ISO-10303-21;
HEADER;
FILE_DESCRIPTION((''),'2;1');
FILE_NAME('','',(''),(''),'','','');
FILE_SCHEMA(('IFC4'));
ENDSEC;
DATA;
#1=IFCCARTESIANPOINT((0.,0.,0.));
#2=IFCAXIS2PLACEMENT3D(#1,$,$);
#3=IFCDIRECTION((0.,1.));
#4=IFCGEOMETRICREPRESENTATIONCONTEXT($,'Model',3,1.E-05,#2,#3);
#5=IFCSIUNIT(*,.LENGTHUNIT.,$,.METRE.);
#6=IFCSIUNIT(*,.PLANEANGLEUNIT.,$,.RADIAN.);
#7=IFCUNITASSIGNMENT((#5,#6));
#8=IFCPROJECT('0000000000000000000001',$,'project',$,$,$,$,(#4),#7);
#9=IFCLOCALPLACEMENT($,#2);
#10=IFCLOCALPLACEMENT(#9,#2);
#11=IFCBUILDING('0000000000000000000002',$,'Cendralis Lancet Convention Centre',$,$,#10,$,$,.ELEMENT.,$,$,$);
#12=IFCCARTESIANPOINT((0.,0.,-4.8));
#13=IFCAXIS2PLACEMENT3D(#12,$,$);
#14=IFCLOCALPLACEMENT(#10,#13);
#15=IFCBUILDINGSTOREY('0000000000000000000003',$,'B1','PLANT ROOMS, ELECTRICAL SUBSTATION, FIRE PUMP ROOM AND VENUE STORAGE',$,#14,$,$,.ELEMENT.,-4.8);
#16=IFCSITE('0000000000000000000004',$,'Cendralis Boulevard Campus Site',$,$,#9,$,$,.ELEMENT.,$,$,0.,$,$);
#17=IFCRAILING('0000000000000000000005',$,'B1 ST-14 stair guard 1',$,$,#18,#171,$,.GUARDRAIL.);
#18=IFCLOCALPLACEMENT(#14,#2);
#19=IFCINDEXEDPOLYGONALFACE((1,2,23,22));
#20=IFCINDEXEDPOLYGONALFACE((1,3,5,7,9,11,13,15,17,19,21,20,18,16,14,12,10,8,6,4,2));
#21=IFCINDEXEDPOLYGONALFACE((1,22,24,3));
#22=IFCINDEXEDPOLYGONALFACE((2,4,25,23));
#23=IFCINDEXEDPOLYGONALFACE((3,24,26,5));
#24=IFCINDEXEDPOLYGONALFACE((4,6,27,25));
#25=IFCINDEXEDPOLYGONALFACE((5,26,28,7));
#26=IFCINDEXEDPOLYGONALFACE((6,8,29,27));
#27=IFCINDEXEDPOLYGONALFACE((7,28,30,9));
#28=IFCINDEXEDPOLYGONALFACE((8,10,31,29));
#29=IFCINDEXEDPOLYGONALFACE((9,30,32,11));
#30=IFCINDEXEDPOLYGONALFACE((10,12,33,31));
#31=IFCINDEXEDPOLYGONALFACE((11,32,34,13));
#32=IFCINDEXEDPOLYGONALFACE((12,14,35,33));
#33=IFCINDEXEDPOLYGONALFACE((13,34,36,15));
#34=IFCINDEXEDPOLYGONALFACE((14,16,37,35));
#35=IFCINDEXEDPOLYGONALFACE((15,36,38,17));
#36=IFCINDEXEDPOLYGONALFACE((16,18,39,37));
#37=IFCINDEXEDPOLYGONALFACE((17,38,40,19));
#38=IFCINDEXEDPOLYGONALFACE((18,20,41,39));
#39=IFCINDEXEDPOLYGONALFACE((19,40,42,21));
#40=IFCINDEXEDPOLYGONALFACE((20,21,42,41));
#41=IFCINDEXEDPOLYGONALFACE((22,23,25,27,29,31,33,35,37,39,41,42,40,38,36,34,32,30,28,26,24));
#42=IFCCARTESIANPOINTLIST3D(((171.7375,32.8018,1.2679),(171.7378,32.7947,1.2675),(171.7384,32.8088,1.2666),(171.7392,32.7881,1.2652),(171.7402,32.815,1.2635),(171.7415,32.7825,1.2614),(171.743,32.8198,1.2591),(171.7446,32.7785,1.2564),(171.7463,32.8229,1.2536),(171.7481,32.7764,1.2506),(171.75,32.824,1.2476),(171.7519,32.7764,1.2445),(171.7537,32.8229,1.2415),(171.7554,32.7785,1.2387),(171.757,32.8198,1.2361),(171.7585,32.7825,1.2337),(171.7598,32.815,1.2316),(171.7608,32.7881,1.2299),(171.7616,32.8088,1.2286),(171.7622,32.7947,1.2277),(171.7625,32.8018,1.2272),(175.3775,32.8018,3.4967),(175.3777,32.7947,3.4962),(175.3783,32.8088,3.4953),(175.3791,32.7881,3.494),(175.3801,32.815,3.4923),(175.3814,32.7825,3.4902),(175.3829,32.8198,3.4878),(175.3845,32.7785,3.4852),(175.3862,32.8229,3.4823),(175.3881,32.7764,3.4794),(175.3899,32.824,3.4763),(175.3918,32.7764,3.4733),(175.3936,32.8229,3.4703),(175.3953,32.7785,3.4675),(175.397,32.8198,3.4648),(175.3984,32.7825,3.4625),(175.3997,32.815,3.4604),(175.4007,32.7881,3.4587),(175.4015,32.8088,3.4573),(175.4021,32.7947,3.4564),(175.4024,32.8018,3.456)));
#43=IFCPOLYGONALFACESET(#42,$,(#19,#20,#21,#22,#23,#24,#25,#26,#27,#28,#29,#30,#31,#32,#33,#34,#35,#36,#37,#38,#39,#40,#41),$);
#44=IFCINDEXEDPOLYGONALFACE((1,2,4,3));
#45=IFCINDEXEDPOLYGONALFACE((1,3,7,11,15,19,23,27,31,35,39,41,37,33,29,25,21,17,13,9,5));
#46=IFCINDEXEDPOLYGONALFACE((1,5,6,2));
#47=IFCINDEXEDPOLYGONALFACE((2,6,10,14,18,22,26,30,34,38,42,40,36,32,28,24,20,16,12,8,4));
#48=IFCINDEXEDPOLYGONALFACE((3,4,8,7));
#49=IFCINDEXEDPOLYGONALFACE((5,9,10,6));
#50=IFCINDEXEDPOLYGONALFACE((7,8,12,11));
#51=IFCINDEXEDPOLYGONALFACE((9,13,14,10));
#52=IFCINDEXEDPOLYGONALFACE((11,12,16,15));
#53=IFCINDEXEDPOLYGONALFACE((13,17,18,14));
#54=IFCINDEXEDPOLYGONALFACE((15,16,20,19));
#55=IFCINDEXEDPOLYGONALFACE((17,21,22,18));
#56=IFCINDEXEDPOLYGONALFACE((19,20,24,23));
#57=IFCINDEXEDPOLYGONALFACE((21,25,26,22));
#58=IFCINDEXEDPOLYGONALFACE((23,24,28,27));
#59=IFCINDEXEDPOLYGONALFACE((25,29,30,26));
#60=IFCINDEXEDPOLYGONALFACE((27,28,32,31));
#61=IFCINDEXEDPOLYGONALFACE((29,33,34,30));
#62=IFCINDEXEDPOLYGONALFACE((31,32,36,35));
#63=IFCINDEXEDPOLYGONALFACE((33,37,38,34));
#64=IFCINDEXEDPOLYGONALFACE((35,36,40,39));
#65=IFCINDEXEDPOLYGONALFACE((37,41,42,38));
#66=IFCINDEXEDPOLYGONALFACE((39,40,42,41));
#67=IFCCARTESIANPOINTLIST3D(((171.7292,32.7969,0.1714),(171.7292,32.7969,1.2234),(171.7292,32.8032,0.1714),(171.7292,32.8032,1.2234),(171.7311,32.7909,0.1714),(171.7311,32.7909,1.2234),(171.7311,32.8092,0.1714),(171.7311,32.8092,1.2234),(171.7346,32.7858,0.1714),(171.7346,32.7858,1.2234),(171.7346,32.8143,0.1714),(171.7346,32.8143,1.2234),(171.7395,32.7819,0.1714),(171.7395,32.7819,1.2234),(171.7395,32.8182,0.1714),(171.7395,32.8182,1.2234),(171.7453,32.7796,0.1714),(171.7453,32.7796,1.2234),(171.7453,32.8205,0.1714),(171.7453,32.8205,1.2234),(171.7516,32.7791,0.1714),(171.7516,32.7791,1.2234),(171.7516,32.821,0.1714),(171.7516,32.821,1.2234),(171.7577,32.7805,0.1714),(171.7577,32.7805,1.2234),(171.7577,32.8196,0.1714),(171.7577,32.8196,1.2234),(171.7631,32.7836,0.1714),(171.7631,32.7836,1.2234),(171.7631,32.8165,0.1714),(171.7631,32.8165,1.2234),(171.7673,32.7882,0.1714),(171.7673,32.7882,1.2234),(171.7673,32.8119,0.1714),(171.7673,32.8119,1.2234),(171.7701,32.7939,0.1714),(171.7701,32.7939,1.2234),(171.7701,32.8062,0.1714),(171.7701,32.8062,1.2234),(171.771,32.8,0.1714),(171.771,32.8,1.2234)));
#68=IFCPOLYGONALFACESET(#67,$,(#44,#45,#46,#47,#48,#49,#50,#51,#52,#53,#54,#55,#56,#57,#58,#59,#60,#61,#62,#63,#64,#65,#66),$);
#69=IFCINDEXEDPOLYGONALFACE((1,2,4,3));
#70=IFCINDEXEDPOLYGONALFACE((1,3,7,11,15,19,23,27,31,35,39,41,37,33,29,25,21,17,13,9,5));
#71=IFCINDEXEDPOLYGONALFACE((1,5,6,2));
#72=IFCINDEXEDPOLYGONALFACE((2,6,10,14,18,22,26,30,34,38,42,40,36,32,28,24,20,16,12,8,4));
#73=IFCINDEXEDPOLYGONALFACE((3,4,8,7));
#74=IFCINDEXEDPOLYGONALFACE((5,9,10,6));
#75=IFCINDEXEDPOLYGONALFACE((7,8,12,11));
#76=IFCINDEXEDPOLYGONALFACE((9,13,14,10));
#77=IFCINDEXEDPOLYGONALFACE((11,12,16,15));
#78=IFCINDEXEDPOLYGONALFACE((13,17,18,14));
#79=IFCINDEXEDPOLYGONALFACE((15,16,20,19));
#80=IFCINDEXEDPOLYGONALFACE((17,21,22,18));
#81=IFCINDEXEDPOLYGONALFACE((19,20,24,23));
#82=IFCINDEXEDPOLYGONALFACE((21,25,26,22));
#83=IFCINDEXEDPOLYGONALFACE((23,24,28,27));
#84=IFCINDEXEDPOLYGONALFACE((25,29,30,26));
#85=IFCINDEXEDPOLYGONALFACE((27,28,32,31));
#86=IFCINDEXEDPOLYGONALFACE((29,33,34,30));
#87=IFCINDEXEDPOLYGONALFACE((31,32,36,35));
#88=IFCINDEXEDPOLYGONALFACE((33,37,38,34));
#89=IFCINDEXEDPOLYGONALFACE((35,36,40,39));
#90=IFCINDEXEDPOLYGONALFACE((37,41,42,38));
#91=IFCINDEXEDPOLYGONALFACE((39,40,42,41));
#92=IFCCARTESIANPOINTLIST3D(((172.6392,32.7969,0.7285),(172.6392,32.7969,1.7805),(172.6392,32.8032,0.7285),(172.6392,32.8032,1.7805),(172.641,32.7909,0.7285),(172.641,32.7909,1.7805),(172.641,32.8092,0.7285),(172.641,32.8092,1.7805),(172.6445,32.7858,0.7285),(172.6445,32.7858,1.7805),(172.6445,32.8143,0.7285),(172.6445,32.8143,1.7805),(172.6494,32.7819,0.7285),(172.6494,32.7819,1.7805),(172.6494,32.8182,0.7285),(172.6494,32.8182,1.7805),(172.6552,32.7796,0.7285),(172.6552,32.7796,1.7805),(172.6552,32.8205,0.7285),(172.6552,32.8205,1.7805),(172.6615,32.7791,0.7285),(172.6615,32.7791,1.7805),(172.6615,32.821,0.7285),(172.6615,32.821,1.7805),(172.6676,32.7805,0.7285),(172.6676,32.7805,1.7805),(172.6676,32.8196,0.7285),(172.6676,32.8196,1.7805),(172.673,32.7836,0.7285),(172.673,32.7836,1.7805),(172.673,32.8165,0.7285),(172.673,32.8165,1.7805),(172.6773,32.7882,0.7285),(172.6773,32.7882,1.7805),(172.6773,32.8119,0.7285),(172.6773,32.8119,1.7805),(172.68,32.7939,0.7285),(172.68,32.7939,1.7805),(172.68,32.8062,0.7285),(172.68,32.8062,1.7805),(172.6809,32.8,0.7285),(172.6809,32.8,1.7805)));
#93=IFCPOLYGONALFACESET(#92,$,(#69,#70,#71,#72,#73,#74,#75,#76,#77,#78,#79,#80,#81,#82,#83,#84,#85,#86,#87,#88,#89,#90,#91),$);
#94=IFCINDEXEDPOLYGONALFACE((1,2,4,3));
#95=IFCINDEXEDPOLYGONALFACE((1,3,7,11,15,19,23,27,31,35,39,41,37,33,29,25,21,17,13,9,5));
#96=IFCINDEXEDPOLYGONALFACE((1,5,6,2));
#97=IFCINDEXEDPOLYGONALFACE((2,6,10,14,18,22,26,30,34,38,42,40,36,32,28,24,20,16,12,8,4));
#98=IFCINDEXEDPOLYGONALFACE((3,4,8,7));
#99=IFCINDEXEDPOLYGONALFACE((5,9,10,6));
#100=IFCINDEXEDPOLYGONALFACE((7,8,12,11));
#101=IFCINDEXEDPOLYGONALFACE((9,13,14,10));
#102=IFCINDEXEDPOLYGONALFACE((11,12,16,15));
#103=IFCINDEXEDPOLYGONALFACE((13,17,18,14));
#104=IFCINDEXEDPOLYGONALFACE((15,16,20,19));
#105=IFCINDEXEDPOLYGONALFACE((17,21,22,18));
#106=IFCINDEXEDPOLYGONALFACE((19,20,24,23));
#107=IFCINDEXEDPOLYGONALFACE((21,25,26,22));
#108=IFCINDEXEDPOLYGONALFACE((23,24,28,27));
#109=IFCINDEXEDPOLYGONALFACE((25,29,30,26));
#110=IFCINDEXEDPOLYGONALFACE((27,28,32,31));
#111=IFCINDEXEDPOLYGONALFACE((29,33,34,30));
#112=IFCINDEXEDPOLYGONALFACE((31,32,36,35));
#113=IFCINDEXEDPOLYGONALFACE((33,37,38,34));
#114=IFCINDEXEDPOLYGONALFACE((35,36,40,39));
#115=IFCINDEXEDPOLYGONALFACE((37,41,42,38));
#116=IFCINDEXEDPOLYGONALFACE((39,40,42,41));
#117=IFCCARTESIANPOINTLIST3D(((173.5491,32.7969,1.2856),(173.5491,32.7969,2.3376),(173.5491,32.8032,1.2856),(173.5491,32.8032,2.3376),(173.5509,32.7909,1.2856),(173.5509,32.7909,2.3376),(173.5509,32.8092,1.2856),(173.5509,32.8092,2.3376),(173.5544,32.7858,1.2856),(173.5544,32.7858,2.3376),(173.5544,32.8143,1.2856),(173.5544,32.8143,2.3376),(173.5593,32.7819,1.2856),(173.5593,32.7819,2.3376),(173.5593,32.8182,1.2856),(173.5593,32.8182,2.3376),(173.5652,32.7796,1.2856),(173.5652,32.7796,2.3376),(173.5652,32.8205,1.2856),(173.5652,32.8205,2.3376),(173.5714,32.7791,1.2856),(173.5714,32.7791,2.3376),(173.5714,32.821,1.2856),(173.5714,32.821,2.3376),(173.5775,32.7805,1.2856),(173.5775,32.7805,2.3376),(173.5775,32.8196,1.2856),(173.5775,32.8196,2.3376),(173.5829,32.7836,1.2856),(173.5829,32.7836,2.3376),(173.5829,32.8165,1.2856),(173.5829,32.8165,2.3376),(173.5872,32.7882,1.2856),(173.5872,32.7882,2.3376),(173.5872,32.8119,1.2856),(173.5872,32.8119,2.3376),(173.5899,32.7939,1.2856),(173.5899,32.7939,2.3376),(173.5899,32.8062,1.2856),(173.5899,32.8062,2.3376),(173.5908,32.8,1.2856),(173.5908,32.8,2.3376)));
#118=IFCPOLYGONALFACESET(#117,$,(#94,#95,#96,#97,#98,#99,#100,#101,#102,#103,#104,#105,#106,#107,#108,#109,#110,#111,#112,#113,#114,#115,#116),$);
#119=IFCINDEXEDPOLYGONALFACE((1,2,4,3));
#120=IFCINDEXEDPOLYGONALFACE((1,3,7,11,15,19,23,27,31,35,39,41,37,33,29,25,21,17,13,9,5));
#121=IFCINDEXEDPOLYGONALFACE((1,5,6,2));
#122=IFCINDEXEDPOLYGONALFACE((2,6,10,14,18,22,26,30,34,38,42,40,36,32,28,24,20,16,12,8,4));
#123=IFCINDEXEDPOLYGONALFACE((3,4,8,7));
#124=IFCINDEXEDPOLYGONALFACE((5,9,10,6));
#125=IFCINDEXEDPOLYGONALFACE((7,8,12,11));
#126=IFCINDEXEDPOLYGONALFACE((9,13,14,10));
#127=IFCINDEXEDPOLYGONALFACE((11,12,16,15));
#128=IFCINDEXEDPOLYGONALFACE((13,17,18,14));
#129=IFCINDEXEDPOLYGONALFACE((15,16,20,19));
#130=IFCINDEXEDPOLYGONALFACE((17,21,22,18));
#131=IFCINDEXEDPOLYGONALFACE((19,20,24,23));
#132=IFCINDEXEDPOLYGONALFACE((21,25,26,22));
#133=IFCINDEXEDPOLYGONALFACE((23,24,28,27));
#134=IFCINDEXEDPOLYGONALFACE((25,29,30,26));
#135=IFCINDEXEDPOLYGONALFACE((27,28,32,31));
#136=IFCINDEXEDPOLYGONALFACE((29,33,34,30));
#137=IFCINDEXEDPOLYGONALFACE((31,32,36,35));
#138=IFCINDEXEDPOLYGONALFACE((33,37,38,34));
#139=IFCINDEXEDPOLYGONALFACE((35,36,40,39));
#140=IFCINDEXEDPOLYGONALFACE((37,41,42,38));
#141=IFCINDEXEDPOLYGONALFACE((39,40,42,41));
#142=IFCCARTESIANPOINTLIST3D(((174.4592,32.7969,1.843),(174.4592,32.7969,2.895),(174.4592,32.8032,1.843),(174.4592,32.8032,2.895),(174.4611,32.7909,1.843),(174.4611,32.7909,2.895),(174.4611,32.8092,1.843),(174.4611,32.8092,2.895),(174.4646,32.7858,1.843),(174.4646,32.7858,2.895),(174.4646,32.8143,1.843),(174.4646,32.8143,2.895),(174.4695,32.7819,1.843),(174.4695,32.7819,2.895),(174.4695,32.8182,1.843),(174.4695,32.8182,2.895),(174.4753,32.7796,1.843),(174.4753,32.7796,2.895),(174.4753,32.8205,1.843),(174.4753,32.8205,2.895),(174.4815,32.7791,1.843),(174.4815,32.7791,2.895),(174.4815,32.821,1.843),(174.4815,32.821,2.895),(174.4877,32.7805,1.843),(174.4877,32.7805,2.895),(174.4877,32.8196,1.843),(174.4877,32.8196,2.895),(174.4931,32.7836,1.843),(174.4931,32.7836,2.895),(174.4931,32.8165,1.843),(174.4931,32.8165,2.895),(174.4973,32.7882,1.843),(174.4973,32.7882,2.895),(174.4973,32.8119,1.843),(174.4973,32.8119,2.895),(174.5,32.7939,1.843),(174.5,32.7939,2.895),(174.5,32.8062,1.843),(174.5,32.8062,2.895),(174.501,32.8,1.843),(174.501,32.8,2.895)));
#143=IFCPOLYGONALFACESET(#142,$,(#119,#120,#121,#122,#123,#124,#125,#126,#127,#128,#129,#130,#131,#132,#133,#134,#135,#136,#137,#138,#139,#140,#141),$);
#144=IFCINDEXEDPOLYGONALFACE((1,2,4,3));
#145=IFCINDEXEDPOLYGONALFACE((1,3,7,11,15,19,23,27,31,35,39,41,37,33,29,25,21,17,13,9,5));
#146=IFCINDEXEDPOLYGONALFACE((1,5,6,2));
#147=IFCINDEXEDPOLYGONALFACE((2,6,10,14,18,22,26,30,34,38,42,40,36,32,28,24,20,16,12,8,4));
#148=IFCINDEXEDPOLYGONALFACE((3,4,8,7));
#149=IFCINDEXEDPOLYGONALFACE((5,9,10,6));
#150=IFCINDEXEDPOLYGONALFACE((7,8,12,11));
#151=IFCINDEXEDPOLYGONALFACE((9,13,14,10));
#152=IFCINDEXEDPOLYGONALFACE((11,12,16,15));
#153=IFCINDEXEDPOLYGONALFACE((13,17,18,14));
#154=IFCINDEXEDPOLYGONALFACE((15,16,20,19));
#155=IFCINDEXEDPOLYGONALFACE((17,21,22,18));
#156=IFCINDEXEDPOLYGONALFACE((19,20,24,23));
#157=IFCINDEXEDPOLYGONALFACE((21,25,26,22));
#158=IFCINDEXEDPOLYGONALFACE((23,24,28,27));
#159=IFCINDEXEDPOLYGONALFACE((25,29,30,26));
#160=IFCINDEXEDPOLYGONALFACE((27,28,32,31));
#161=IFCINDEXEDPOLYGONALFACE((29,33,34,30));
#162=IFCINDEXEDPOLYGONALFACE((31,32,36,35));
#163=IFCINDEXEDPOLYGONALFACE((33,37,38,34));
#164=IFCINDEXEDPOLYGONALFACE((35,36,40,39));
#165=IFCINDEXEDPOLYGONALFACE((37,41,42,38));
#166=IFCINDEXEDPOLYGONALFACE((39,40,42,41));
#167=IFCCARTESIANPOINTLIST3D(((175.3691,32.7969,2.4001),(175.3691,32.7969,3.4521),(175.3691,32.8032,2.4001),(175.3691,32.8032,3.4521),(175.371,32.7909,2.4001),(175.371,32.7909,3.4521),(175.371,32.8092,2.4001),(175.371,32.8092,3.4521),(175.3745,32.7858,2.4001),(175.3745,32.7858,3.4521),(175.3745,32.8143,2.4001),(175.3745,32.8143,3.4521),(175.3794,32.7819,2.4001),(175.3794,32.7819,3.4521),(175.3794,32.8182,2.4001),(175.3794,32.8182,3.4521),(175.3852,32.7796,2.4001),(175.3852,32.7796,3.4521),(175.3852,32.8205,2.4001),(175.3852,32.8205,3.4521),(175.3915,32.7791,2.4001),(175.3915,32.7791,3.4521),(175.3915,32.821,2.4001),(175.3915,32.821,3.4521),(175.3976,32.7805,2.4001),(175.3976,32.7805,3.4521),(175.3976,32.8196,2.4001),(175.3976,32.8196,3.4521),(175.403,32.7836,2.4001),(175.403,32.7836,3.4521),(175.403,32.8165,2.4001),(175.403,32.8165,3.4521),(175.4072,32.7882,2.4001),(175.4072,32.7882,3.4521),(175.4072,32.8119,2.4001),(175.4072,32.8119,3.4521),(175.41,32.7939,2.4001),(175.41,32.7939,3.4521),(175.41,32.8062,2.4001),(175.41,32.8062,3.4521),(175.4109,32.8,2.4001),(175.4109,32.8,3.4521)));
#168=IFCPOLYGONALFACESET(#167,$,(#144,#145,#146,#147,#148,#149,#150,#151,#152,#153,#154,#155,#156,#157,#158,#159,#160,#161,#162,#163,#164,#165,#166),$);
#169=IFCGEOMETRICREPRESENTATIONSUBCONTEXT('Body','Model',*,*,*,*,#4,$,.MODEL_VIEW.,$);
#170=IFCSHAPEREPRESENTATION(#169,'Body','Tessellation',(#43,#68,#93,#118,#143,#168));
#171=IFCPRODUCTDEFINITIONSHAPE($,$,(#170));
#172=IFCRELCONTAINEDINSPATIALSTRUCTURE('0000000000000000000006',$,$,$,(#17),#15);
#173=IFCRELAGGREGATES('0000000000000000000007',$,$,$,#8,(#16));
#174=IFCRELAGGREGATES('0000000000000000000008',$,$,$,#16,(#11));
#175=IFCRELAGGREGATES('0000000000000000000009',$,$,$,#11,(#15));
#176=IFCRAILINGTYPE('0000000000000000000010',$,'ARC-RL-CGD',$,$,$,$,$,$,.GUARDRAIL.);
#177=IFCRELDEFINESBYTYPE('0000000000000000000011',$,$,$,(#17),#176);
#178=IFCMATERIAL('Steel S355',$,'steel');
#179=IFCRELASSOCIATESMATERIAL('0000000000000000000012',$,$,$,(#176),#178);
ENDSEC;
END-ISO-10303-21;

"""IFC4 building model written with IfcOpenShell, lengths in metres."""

from ifc_helpers import new_model, si_unit, direction, frame, origin, origin_2d, place, context, subcontext, project, spatial, circle, extrude, material, type_object, element, save


model = new_model("IFC4")

# Units and contexts
model_context = context("Model", 3, precision=1e-05, world=origin(), true_north=direction((0.0, 1.0)))
body_context = subcontext(model_context, "Body", "Model", "MODEL_VIEW")
ifc_project = project(units=[si_unit("LENGTHUNIT", "METRE"), si_unit("PLANEANGLEUNIT", "RADIAN")], contexts=[model_context])

# Site, building, storey
site_placement = place(None, origin())
site = spatial("IfcSite", under=ifc_project, at=site_placement, Name="Cendralis Boulevard Campus Site", CompositionType="ELEMENT", RefElevation=0.0)
building_placement = place(site_placement, origin())
building = spatial("IfcBuilding", under=site, at=building_placement, Name="Cendralis Lancet Convention Centre", CompositionType="ELEMENT")
storey_placement = place(building_placement, frame((0.0, 0.0, -4.8)))
storey = spatial("IfcBuildingStorey", under=building, at=storey_placement, Name="B1", Description="PLANT ROOMS, ELECTRICAL SUBSTATION, FIRE PUMP ROOM AND VENUE STORAGE", CompositionType="ELEMENT", Elevation=-4.8)

# Shared definitions
ifc_material_1 = material(Name="Steel S355", Category="steel")

# Railing
railing_type_1 = type_object("IfcRailingType", Name="ARC-RL-CGD", PredefinedType="GUARDRAIL", material=ifc_material_1)
railing_1_placement = place(storey_placement, frame((171.75, 32.8, 0.1714)))
element("IfcRailing", 1, at=railing_1_placement, inside=storey, type_object=railing_type_1, Name="B1 ST-14 stair guard 1", PredefinedType="GUARDRAIL", context=body_context, shape_type="SweptSolid", body=[
    extrude(circle(Radius=0.0239, at=origin_2d()), frame((0.0, 0.0, 1.0762), z_axis=(0.852825, 0.0, 0.522197), x_axis=(0.0, 1.0, 0.0)), (0.0, 0.0, 1.0), 4.2681),
    extrude(circle(Radius=0.021, at=origin_2d()), origin(), (0.0, 0.0, 1.0), 1.052),
    extrude(circle(Radius=0.021, at=origin_2d()), frame((0.9099, 0.0, 0.5571)), (0.0, 0.0, 1.0), 1.052),
    extrude(circle(Radius=0.021, at=origin_2d()), frame((1.8198, 0.0, 1.1143)), (0.0, 0.0, 1.0), 1.052),
    extrude(circle(Radius=0.021, at=origin_2d()), frame((2.73, 0.0, 1.6716)), (0.0, 0.0, 1.0), 1.052),
    extrude(circle(Radius=0.021, at=origin_2d()), frame((3.6399, 0.0, 2.2288)), (0.0, 0.0, 1.0), 1.052),
])

save(model, "model.ifc")
